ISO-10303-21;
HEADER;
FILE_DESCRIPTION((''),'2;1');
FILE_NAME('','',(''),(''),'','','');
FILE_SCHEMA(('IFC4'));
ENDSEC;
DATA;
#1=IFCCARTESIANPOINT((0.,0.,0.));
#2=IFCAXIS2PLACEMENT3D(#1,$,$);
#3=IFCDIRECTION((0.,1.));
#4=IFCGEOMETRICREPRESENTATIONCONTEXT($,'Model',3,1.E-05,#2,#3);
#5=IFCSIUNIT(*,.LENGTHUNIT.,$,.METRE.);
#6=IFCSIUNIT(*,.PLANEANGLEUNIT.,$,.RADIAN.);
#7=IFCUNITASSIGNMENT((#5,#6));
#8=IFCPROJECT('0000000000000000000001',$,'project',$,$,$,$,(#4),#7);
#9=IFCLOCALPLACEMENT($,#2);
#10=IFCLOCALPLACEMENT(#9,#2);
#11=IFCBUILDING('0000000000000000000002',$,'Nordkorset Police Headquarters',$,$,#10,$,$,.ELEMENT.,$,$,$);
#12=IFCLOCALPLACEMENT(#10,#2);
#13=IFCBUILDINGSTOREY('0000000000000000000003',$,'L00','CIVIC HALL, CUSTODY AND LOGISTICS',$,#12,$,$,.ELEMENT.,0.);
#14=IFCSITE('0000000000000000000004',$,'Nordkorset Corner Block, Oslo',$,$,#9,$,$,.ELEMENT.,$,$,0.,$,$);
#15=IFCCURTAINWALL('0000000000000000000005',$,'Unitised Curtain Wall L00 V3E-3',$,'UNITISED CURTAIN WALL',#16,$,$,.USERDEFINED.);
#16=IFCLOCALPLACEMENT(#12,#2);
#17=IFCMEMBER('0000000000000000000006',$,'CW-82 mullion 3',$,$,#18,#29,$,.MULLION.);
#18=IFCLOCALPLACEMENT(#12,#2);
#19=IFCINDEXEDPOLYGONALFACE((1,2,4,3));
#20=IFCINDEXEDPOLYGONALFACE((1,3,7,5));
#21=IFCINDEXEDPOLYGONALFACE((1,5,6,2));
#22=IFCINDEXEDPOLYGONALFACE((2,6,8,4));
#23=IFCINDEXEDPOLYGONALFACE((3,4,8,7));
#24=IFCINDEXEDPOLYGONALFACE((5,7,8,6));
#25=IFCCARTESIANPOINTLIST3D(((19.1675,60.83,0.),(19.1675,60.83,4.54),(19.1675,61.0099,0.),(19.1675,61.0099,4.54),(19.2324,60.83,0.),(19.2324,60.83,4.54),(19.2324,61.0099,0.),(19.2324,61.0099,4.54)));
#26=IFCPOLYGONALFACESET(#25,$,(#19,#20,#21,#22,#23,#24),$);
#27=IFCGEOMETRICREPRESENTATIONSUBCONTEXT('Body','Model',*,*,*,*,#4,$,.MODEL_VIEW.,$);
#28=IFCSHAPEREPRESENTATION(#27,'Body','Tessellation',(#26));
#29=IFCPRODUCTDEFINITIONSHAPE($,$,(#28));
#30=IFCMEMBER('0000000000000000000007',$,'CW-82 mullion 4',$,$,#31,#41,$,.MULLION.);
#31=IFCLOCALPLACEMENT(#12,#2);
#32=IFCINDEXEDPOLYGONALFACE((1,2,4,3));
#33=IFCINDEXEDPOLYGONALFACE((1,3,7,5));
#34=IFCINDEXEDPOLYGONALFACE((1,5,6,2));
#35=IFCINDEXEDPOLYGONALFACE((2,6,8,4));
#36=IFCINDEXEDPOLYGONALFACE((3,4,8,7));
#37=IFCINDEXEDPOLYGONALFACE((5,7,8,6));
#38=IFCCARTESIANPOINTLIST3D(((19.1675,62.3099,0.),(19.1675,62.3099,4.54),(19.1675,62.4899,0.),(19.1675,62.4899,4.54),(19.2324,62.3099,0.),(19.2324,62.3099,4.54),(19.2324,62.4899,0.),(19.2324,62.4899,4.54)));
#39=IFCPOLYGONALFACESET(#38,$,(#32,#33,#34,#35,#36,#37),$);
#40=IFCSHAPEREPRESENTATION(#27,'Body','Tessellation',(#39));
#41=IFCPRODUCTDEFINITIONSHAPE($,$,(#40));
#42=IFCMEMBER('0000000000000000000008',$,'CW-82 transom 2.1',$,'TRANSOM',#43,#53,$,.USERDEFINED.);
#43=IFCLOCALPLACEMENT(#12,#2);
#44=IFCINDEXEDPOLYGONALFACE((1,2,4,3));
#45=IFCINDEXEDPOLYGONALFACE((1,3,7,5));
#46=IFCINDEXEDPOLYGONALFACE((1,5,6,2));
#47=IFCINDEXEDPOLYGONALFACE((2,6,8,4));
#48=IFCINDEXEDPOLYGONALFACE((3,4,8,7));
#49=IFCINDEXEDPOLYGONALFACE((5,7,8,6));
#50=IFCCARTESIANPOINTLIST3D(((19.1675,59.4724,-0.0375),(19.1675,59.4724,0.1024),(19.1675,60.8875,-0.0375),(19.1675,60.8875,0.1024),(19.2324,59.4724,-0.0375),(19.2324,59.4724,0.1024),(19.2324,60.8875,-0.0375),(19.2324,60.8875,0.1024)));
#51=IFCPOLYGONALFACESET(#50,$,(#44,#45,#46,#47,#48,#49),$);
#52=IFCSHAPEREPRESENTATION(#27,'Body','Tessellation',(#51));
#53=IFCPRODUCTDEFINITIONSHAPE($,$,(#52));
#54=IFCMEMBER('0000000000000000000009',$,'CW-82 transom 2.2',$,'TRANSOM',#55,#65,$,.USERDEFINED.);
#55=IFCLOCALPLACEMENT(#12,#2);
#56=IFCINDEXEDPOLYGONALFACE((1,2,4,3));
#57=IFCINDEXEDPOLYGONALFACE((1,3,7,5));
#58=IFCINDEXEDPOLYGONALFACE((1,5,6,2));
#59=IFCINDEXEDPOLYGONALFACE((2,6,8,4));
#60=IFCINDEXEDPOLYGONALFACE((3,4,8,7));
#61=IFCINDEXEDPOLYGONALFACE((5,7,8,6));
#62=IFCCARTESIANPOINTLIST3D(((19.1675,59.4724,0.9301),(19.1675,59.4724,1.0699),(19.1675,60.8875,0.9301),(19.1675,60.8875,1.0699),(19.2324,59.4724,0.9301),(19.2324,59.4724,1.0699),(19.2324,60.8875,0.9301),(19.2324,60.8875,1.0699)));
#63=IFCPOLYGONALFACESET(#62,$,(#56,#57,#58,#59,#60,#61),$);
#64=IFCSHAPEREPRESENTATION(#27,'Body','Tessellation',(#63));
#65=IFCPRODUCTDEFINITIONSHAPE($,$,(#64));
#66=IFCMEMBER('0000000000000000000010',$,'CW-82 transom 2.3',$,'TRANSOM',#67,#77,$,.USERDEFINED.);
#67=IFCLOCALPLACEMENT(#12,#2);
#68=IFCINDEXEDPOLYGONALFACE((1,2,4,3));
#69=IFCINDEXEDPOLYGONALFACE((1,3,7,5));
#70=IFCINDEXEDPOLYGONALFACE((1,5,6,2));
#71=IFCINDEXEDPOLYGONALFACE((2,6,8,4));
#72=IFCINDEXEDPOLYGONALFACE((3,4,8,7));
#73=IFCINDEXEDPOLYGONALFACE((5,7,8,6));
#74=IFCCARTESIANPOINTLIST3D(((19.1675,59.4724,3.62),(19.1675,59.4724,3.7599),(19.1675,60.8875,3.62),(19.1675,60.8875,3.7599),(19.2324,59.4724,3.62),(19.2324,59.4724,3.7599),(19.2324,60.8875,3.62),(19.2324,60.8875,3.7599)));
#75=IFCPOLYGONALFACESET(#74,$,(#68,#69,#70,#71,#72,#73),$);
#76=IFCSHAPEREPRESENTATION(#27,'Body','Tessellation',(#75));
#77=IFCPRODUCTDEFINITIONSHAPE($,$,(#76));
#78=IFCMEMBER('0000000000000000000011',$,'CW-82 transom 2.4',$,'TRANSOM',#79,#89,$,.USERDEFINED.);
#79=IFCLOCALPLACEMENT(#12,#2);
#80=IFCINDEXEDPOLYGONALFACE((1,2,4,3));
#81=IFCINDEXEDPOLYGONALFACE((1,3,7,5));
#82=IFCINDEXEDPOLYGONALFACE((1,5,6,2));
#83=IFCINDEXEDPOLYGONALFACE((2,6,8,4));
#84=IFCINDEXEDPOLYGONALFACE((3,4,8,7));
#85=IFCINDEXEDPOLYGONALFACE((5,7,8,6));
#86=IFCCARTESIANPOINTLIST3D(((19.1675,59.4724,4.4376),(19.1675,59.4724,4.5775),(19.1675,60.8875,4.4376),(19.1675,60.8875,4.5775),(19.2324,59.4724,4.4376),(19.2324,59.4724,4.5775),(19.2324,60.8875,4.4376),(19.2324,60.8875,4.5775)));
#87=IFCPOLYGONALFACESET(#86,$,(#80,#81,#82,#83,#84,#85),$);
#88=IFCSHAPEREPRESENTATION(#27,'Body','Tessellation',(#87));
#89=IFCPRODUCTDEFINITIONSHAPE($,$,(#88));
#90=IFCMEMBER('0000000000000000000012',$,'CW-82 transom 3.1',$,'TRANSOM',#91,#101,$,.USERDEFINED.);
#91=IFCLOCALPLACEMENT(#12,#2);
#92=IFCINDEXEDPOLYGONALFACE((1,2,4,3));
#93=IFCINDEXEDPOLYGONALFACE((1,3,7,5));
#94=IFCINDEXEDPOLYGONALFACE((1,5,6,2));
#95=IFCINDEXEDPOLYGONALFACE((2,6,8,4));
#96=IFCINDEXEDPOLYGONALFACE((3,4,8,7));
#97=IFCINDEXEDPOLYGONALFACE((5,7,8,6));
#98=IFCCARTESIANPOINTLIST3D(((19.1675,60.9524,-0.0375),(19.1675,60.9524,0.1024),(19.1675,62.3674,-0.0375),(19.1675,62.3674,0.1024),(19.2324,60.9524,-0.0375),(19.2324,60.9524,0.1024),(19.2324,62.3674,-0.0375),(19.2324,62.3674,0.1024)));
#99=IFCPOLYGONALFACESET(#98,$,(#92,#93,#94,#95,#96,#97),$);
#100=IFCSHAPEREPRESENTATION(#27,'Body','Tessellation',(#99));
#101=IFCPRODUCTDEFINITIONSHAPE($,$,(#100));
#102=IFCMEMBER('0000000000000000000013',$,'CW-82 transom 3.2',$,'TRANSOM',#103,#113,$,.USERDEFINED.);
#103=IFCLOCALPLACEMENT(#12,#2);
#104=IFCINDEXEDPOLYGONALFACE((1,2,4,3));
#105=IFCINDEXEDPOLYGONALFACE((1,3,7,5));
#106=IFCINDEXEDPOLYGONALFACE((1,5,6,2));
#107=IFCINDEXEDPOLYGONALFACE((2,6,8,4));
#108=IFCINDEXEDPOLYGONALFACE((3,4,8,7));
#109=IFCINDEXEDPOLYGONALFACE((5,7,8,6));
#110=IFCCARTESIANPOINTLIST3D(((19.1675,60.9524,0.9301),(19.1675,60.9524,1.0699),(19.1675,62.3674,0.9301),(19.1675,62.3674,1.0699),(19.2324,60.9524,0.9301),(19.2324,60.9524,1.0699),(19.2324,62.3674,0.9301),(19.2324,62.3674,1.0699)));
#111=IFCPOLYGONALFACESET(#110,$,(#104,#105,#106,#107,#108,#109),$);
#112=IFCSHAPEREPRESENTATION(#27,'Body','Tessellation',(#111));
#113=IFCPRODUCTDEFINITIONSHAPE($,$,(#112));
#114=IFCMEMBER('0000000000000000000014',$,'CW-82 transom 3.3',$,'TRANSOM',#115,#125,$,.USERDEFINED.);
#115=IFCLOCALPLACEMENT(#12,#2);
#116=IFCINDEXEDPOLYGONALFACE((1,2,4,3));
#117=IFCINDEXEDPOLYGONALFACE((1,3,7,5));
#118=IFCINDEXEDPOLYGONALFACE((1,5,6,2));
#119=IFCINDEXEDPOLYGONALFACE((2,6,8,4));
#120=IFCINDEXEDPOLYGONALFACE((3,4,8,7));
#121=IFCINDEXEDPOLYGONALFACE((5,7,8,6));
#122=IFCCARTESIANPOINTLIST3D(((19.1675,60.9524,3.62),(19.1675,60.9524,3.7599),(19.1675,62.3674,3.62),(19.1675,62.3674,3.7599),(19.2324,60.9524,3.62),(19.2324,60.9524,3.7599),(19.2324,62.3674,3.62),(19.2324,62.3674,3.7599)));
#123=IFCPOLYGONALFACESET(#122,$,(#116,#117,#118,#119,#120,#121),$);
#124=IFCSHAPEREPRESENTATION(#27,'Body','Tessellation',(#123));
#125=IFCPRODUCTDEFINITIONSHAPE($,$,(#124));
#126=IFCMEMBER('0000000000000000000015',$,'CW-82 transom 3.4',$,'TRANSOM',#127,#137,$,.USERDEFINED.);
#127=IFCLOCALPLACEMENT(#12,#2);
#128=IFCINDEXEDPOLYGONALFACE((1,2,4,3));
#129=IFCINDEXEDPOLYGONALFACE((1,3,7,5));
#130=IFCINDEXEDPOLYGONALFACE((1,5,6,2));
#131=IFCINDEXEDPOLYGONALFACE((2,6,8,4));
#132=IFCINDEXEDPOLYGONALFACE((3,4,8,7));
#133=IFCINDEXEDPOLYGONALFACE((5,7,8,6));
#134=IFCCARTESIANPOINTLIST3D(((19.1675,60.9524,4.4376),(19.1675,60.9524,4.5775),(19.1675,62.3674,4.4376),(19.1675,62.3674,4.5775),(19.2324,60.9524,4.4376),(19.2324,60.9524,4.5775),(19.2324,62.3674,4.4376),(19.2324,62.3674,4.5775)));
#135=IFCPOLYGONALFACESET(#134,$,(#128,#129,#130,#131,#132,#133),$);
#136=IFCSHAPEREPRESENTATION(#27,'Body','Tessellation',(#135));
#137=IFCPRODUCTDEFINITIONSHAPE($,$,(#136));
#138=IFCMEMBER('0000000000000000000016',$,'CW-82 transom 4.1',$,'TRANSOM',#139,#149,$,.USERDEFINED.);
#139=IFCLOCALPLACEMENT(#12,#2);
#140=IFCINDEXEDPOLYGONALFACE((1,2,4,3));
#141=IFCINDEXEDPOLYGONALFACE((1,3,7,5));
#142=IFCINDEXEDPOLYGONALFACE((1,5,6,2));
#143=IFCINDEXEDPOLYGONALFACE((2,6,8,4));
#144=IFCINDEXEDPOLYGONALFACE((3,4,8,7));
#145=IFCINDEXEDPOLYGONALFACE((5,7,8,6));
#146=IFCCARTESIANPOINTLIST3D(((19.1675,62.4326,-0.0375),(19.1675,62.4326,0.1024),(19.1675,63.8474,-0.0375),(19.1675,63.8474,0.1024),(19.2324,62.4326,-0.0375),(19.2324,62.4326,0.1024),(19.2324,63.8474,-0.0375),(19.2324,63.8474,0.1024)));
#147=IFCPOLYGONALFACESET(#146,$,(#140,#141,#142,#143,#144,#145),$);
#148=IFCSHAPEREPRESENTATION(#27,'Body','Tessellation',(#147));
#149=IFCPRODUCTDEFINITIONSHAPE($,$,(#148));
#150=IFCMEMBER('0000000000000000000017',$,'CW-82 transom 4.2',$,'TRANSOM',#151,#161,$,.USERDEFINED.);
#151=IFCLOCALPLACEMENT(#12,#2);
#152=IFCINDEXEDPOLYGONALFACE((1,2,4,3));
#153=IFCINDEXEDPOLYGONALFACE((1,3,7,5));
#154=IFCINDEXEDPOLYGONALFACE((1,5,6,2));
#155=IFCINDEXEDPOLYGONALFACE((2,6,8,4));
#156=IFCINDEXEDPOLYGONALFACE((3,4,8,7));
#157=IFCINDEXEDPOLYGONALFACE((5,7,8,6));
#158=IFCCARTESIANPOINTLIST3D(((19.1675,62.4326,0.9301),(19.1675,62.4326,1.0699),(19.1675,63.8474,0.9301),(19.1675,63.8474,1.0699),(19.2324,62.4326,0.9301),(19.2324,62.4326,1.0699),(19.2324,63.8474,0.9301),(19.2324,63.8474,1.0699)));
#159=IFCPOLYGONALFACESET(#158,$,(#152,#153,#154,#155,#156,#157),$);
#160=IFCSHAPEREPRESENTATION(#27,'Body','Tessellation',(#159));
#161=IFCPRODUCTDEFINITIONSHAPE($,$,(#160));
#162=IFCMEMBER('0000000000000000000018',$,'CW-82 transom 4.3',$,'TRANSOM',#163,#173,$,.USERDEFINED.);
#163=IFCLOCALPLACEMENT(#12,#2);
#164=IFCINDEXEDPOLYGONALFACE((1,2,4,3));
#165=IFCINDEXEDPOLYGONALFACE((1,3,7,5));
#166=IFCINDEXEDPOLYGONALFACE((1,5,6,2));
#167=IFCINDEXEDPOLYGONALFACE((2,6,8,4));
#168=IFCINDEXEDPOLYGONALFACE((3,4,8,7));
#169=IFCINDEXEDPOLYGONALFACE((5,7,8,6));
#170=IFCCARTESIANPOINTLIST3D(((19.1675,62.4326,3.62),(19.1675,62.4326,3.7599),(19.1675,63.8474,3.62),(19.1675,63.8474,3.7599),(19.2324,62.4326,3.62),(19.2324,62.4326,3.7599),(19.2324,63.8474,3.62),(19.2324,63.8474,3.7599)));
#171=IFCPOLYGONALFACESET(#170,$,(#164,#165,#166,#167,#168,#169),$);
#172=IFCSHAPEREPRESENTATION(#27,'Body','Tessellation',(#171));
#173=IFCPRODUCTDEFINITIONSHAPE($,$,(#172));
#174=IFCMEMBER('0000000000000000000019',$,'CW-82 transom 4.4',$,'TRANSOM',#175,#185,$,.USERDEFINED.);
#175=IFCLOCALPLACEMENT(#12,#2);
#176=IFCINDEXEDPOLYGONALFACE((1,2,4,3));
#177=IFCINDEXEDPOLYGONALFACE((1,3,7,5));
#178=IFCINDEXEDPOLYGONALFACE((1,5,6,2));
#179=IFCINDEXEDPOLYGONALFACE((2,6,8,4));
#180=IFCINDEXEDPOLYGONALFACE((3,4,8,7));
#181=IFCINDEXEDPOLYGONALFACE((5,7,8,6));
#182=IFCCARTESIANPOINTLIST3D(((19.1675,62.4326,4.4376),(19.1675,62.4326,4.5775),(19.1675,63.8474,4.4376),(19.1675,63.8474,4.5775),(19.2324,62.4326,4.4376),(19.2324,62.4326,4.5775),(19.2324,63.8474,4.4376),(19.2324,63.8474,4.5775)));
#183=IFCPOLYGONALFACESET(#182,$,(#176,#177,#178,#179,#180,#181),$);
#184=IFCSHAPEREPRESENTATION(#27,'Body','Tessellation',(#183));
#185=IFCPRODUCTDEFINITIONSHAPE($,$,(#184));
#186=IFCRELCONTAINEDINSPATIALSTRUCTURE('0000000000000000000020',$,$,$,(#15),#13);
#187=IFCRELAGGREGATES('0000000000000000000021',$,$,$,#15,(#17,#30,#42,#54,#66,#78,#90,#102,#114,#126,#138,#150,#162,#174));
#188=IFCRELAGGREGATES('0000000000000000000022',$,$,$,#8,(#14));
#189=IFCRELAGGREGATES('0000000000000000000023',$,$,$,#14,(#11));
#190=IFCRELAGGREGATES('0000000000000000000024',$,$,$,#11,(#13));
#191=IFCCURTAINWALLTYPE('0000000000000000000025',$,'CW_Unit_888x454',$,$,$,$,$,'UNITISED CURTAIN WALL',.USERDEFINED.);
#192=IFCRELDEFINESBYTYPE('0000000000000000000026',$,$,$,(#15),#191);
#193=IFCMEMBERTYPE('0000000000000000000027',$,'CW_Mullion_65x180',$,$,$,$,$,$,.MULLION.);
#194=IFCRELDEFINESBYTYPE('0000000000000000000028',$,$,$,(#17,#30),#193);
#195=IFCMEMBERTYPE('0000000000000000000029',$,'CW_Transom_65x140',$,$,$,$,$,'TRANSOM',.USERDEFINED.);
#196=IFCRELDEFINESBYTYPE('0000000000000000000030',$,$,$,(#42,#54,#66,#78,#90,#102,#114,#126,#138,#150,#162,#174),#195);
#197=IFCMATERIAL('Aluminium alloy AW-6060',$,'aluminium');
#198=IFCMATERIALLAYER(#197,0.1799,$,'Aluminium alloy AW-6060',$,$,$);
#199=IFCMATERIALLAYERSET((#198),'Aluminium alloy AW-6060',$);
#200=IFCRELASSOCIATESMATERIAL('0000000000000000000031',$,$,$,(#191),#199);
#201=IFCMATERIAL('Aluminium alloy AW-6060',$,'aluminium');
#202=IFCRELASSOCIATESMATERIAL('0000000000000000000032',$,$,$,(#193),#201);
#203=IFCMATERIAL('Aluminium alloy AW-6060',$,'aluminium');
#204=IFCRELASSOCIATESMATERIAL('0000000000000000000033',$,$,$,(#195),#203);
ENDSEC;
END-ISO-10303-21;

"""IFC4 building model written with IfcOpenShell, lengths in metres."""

from ifc_helpers import new_model, si_unit, direction, frame, origin, origin_2d, place, context, subcontext, project, spatial, rectangle, extrude, material, layer, layer_set, material_profile, profile_set, type_object, element, aggregate, save


model = new_model("IFC4")

# Units and contexts
model_context = context("Model", 3, precision=1e-05, world=origin(), true_north=direction((0.0, 1.0)))
body_context = subcontext(model_context, "Body", "Model", "MODEL_VIEW")
ifc_project = project(units=[si_unit("LENGTHUNIT", "METRE"), si_unit("PLANEANGLEUNIT", "RADIAN")], contexts=[model_context])

# Site, building, storey
site_placement = place(None, origin())
site = spatial("IfcSite", under=ifc_project, at=site_placement, Name="Nordkorset Corner Block, Oslo", CompositionType="ELEMENT", RefElevation=0.0)
building_placement = place(site_placement, origin())
building = spatial("IfcBuilding", under=site, at=building_placement, Name="Nordkorset Police Headquarters", CompositionType="ELEMENT")
storey_placement = place(building_placement, origin())
storey = spatial("IfcBuildingStorey", under=building, at=storey_placement, Name="L00", Description="CIVIC HALL, CUSTODY AND LOGISTICS", CompositionType="ELEMENT", Elevation=0.0)

# Curtain wall, members
ifc_material_1 = material(Name="Aluminium alloy AW-6060", Category="aluminium")
ifc_layer_1 = layer(ifc_material_1, 0.1799, Name="Aluminium alloy AW-6060")
ifc_layer_set_1 = layer_set([ifc_layer_1], Name="Aluminium alloy AW-6060")
curtain_wall_type_1 = type_object("IfcCurtainWallType", Name="CW_Unit_888x454", ElementType="UNITISED CURTAIN WALL", PredefinedType="USERDEFINED", material=ifc_layer_set_1)
curtain_wall_1_placement = place(storey_placement, origin())
curtain_wall_1 = element("IfcCurtainWall", 1, at=curtain_wall_1_placement, inside=storey, type_object=curtain_wall_type_1, Name="Unitised Curtain Wall L00 V3E-3", ObjectType="UNITISED CURTAIN WALL", PredefinedType="USERDEFINED")
ifc_material_2 = material(Name="Aluminium alloy AW-6060", Category="aluminium")
ifc_material_profile_1 = material_profile(ifc_material_2, rectangle(XDim=0.0649, YDim=0.1799, at=origin_2d()), Name="ALU MULL 65x180")
ifc_profile_set_1 = profile_set([ifc_material_profile_1], Name="Aluminium alloy AW-6060")
member_type_1 = type_object("IfcMemberType", Name="CW_Mullion_65x180", PredefinedType="MULLION", material=ifc_profile_set_1)
member_1_placement = place(storey_placement, frame((19.2, 60.9199, 0.0), z_axis=(0.0, 0.0, 1.0), x_axis=(-1.0, 0.0, 0.0)))
member_1 = element("IfcMember", 2, at=member_1_placement, type_object=member_type_1, Name="CW-82 mullion 3", PredefinedType="MULLION", context=body_context, shape_type="SweptSolid", body=[
    extrude(rectangle(XDim=0.0649, YDim=0.1799, at=origin_2d()), origin(), (0.0, 0.0, 1.0), 4.54),
])
member_2_placement = place(storey_placement, frame((19.2, 62.3999, 0.0), z_axis=(0.0, 0.0, 1.0), x_axis=(-1.0, 0.0, 0.0)))
member_2 = element("IfcMember", 3, at=member_2_placement, type_object=member_type_1, Name="CW-82 mullion 4", PredefinedType="MULLION", context=body_context, shape_type="SweptSolid", body=[
    extrude(rectangle(XDim=0.0649, YDim=0.1799, at=origin_2d()), origin(), (0.0, 0.0, 1.0), 4.54),
])
ifc_material_3 = material(Name="Aluminium alloy AW-6060", Category="aluminium")
ifc_material_profile_2 = material_profile(ifc_material_3, rectangle(XDim=0.0649, YDim=0.1399, at=origin_2d()), Name="ALU TRAN 65x140")
ifc_profile_set_2 = profile_set([ifc_material_profile_2], Name="Aluminium alloy AW-6060")
member_type_2 = type_object("IfcMemberType", Name="CW_Transom_65x140", ElementType="TRANSOM", PredefinedType="USERDEFINED", material=ifc_profile_set_2)
member_3_placement = place(storey_placement, frame((19.2, 59.4724, 0.0325), z_axis=(0.0, 1.0, 0.0), x_axis=(-1.0, 0.0, 0.0)))
member_3 = element("IfcMember", 4, at=member_3_placement, type_object=member_type_2, Name="CW-82 transom 2.1", ObjectType="TRANSOM", PredefinedType="USERDEFINED", context=body_context, shape_type="SweptSolid", body=[
    extrude(rectangle(XDim=0.0649, YDim=0.1399, at=origin_2d()), origin(), (0.0, 0.0, 1.0), 1.415),
])
member_4_placement = place(storey_placement, frame((19.2, 59.4724, 1.0), z_axis=(0.0, 1.0, 0.0), x_axis=(-1.0, 0.0, 0.0)))
member_4 = element("IfcMember", 5, at=member_4_placement, type_object=member_type_2, Name="CW-82 transom 2.2", ObjectType="TRANSOM", PredefinedType="USERDEFINED", context=body_context, shape_type="SweptSolid", body=[
    extrude(rectangle(XDim=0.0649, YDim=0.1399, at=origin_2d()), origin(), (0.0, 0.0, 1.0), 1.415),
])
member_5_placement = place(storey_placement, frame((19.2, 59.4724, 3.6899), z_axis=(0.0, 1.0, 0.0), x_axis=(-1.0, 0.0, 0.0)))
member_5 = element("IfcMember", 6, at=member_5_placement, type_object=member_type_2, Name="CW-82 transom 2.3", ObjectType="TRANSOM", PredefinedType="USERDEFINED", context=body_context, shape_type="SweptSolid", body=[
    extrude(rectangle(XDim=0.0649, YDim=0.1399, at=origin_2d()), origin(), (0.0, 0.0, 1.0), 1.415),
])
member_6_placement = place(storey_placement, frame((19.2, 59.4724, 4.5076), z_axis=(0.0, 1.0, 0.0), x_axis=(-1.0, 0.0, 0.0)))
member_6 = element("IfcMember", 7, at=member_6_placement, type_object=member_type_2, Name="CW-82 transom 2.4", ObjectType="TRANSOM", PredefinedType="USERDEFINED", context=body_context, shape_type="SweptSolid", body=[
    extrude(rectangle(XDim=0.0649, YDim=0.1399, at=origin_2d()), origin(), (0.0, 0.0, 1.0), 1.415),
])
member_7_placement = place(storey_placement, frame((19.2, 60.9524, 0.0325), z_axis=(0.0, 1.0, 0.0), x_axis=(-1.0, 0.0, 0.0)))
member_7 = element("IfcMember", 8, at=member_7_placement, type_object=member_type_2, Name="CW-82 transom 3.1", ObjectType="TRANSOM", PredefinedType="USERDEFINED", context=body_context, shape_type="SweptSolid", body=[
    extrude(rectangle(XDim=0.0649, YDim=0.1399, at=origin_2d()), origin(), (0.0, 0.0, 1.0), 1.415),
])
member_8_placement = place(storey_placement, frame((19.2, 60.9524, 1.0), z_axis=(0.0, 1.0, 0.0), x_axis=(-1.0, 0.0, 0.0)))
member_8 = element("IfcMember", 9, at=member_8_placement, type_object=member_type_2, Name="CW-82 transom 3.2", ObjectType="TRANSOM", PredefinedType="USERDEFINED", context=body_context, shape_type="SweptSolid", body=[
    extrude(rectangle(XDim=0.0649, YDim=0.1399, at=origin_2d()), origin(), (0.0, 0.0, 1.0), 1.415),
])
member_9_placement = place(storey_placement, frame((19.2, 60.9524, 3.6899), z_axis=(0.0, 1.0, 0.0), x_axis=(-1.0, 0.0, 0.0)))
member_9 = element("IfcMember", 10, at=member_9_placement, type_object=member_type_2, Name="CW-82 transom 3.3", ObjectType="TRANSOM", PredefinedType="USERDEFINED", context=body_context, shape_type="SweptSolid", body=[
    extrude(rectangle(XDim=0.0649, YDim=0.1399, at=origin_2d()), origin(), (0.0, 0.0, 1.0), 1.415),
])
member_10_placement = place(storey_placement, frame((19.2, 60.9524, 4.5076), z_axis=(0.0, 1.0, 0.0), x_axis=(-1.0, 0.0, 0.0)))
member_10 = element("IfcMember", 11, at=member_10_placement, type_object=member_type_2, Name="CW-82 transom 3.4", ObjectType="TRANSOM", PredefinedType="USERDEFINED", context=body_context, shape_type="SweptSolid", body=[
    extrude(rectangle(XDim=0.0649, YDim=0.1399, at=origin_2d()), origin(), (0.0, 0.0, 1.0), 1.415),
])
member_11_placement = place(storey_placement, frame((19.2, 62.4326, 0.0325), z_axis=(0.0, 1.0, 0.0), x_axis=(-1.0, 0.0, 0.0)))
member_11 = element("IfcMember", 12, at=member_11_placement, type_object=member_type_2, Name="CW-82 transom 4.1", ObjectType="TRANSOM", PredefinedType="USERDEFINED", context=body_context, shape_type="SweptSolid", body=[
    extrude(rectangle(XDim=0.0649, YDim=0.1399, at=origin_2d()), origin(), (0.0, 0.0, 1.0), 1.4148),
])
member_12_placement = place(storey_placement, frame((19.2, 62.4326, 1.0), z_axis=(0.0, 1.0, 0.0), x_axis=(-1.0, 0.0, 0.0)))
member_12 = element("IfcMember", 13, at=member_12_placement, type_object=member_type_2, Name="CW-82 transom 4.2", ObjectType="TRANSOM", PredefinedType="USERDEFINED", context=body_context, shape_type="SweptSolid", body=[
    extrude(rectangle(XDim=0.0649, YDim=0.1399, at=origin_2d()), origin(), (0.0, 0.0, 1.0), 1.4148),
])
member_13_placement = place(storey_placement, frame((19.2, 62.4326, 3.6899), z_axis=(0.0, 1.0, 0.0), x_axis=(-1.0, 0.0, 0.0)))
member_13 = element("IfcMember", 14, at=member_13_placement, type_object=member_type_2, Name="CW-82 transom 4.3", ObjectType="TRANSOM", PredefinedType="USERDEFINED", context=body_context, shape_type="SweptSolid", body=[
    extrude(rectangle(XDim=0.0649, YDim=0.1399, at=origin_2d()), origin(), (0.0, 0.0, 1.0), 1.4148),
])
member_14_placement = place(storey_placement, frame((19.2, 62.4326, 4.5076), z_axis=(0.0, 1.0, 0.0), x_axis=(-1.0, 0.0, 0.0)))
member_14 = element("IfcMember", 15, at=member_14_placement, type_object=member_type_2, Name="CW-82 transom 4.4", ObjectType="TRANSOM", PredefinedType="USERDEFINED", context=body_context, shape_type="SweptSolid", body=[
    extrude(rectangle(XDim=0.0649, YDim=0.1399, at=origin_2d()), origin(), (0.0, 0.0, 1.0), 1.4148),
])
aggregate(curtain_wall_1, [member_1, member_2, member_3, member_4, member_5, member_6, member_7, member_8, member_9, member_10, member_11, member_12, member_13, member_14])

save(model, "model.ifc")
